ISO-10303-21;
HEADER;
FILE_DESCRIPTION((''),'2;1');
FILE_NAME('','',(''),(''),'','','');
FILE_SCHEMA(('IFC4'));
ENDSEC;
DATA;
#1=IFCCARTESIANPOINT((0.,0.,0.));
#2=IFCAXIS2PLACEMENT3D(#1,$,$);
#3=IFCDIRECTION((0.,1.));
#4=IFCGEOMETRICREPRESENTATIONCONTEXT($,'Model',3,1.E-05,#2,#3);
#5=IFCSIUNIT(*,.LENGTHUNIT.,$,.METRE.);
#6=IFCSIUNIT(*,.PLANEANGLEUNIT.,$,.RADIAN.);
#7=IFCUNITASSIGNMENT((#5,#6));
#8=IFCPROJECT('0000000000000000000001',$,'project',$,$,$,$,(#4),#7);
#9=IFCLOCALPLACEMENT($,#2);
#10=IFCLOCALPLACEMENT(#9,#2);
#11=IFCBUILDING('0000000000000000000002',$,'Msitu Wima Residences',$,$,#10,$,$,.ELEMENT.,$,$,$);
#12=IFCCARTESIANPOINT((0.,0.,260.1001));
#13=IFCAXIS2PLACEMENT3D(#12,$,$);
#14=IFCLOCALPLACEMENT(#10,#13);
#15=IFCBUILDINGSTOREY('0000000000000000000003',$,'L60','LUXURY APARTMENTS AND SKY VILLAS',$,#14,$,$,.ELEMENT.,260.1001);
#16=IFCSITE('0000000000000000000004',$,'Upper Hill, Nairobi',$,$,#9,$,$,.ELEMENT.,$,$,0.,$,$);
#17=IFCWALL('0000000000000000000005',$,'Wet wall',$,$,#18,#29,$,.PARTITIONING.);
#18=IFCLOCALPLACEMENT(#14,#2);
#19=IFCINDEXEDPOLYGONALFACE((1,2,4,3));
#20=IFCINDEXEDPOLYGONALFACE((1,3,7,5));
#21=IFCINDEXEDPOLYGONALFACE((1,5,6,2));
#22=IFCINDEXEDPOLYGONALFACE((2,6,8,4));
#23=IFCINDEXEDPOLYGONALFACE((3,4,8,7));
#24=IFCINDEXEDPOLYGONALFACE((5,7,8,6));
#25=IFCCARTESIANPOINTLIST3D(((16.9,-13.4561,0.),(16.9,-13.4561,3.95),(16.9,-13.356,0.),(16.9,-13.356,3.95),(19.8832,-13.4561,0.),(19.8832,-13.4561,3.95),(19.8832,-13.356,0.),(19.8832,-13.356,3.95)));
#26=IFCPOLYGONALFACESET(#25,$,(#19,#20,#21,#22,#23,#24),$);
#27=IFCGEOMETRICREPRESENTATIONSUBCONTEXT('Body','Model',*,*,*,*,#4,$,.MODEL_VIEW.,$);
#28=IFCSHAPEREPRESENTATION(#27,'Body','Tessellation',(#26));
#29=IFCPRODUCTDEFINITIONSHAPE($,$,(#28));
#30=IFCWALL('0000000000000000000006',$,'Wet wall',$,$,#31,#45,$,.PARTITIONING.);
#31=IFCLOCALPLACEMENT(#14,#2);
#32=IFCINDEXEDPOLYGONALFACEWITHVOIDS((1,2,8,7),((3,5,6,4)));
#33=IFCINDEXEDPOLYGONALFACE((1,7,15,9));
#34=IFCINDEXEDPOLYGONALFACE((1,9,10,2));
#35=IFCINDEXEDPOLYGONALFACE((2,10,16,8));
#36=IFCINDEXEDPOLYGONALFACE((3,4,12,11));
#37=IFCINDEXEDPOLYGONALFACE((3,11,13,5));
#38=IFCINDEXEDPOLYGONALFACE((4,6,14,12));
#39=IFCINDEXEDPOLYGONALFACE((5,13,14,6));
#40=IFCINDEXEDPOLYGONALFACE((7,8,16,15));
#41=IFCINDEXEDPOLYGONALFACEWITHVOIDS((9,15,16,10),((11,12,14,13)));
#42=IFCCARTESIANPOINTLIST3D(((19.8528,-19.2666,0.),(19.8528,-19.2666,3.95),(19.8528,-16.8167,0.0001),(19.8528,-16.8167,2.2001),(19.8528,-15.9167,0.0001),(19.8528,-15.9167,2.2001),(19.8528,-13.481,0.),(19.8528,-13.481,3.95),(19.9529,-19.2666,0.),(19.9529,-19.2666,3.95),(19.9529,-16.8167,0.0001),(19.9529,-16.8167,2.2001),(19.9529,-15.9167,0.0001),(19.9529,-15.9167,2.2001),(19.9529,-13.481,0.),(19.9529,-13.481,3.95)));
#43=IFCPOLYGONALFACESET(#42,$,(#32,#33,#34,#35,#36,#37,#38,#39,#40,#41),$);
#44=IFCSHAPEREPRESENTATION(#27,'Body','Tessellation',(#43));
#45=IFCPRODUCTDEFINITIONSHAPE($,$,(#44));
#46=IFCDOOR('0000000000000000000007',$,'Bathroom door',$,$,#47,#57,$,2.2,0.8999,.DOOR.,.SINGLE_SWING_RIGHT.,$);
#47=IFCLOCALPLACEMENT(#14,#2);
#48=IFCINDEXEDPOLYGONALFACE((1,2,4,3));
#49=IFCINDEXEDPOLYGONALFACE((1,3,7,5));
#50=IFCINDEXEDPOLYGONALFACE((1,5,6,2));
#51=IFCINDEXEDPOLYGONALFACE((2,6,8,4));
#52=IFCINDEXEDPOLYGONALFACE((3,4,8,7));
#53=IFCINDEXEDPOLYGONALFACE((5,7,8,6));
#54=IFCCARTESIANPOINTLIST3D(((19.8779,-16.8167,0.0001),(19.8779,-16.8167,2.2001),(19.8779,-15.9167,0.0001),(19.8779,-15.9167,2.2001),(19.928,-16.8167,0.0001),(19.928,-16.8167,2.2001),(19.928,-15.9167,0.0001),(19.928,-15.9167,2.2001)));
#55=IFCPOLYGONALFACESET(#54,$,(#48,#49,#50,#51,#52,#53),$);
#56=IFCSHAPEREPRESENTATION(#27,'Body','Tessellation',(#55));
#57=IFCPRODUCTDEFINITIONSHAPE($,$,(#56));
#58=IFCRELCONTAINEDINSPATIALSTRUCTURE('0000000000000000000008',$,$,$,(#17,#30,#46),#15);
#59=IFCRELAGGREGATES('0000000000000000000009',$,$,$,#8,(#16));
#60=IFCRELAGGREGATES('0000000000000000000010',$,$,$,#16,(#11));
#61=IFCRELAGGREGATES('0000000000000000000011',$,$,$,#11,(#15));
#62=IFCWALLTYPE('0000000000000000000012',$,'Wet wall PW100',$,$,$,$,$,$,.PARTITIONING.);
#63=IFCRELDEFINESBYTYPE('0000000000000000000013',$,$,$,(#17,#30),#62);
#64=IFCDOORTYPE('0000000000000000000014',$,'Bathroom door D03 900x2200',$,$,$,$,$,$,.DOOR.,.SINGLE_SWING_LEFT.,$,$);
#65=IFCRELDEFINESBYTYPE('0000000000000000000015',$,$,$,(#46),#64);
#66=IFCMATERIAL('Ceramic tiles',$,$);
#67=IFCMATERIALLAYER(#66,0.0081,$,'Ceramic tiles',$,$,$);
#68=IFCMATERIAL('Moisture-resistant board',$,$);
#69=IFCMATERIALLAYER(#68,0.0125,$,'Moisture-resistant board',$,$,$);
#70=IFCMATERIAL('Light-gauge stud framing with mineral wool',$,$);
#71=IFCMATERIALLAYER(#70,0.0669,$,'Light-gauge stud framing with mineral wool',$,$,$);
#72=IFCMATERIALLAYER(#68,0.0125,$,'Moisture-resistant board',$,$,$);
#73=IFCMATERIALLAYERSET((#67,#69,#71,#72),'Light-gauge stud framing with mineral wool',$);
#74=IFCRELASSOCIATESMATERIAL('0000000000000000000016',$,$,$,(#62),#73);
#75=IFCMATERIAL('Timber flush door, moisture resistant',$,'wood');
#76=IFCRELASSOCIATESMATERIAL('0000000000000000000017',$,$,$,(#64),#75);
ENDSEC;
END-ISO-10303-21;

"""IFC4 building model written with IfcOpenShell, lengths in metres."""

from ifc_helpers import new_model, si_unit, direction, frame, frame_2d, origin, place, context, subcontext, project, spatial, rectangle, extrude, material, layer, layer_set, type_object, element, fill, save


model = new_model("IFC4")

# Units and contexts
model_context = context("Model", 3, precision=1e-05, world=origin(), true_north=direction((0.0, 1.0)))
body_context = subcontext(model_context, "Body", "Model", "MODEL_VIEW")
ifc_project = project(units=[si_unit("LENGTHUNIT", "METRE"), si_unit("PLANEANGLEUNIT", "RADIAN")], contexts=[model_context])

# Site, building, storey
site_placement = place(None, origin())
site = spatial("IfcSite", under=ifc_project, at=site_placement, Name="Upper Hill, Nairobi", CompositionType="ELEMENT", RefElevation=0.0)
building_placement = place(site_placement, origin())
building = spatial("IfcBuilding", under=site, at=building_placement, Name="Msitu Wima Residences", CompositionType="ELEMENT")
storey_placement = place(building_placement, frame((0.0, 0.0, 260.1001)))
storey = spatial("IfcBuildingStorey", under=building, at=storey_placement, Name="L60", Description="LUXURY APARTMENTS AND SKY VILLAS", CompositionType="ELEMENT", Elevation=260.1001)

# Wall
ifc_material_1 = material(Name="Ceramic tiles")
ifc_layer_1 = layer(ifc_material_1, 0.0081, Name="Ceramic tiles")
ifc_material_2 = material(Name="Moisture-resistant board")
ifc_layer_2 = layer(ifc_material_2, 0.0125, Name="Moisture-resistant board")
ifc_material_3 = material(Name="Light-gauge stud framing with mineral wool")
ifc_layer_3 = layer(ifc_material_3, 0.0669, Name="Light-gauge stud framing with mineral wool")
ifc_layer_4 = layer(ifc_material_2, 0.0125, Name="Moisture-resistant board")
ifc_layer_set_1 = layer_set([ifc_layer_1, ifc_layer_2, ifc_layer_3, ifc_layer_4], Name="Light-gauge stud framing with mineral wool")
wall_type_1 = type_object("IfcWallType", Name="Wet wall PW100", PredefinedType="PARTITIONING", material=ifc_layer_set_1)
wall_1_placement = place(storey_placement, frame((16.8999, -13.406, 0.0), z_axis=(0.0, 0.0, 1.0), x_axis=(1.0, 0.0, 0.0)))
element("IfcWall", 1, at=wall_1_placement, inside=storey, type_object=wall_type_1, Name="Wet wall", PredefinedType="PARTITIONING", context=body_context, shape_type="SweptSolid", body=[
    extrude(rectangle(XDim=2.9832, YDim=0.1001, at=frame_2d((1.4917, 0.0))), origin(), (0.0, 0.0, 1.0), 3.95),
])

# Wall, opening, door
wall_2_placement = place(storey_placement, frame((19.9028, -19.2666, 0.0), z_axis=(0.0, 0.0, 1.0), x_axis=(0.0, 1.0, 0.0)))
wall_2 = element("IfcWall", 2, at=wall_2_placement, inside=storey, type_object=wall_type_1, Name="Wet wall", PredefinedType="PARTITIONING", context=body_context, shape_type="SweptSolid", body=[
    extrude(rectangle(XDim=5.7856, YDim=0.1001, at=frame_2d((2.8928, 0.0))), origin(), (0.0, 0.0, 1.0), 3.95),
])
opening_1_placement = place(wall_2_placement, frame((2.45, 0.0, 0.0)))
opening_1 = element("IfcOpeningElement", 3, at=opening_1_placement, cuts=wall_2, PredefinedType="OPENING", context=body_context, shape_type="SweptSolid", body=[
    extrude(rectangle(XDim=0.8999, YDim=2.2, at=frame_2d((0.45, 1.1001))), frame((0.0, 0.0601, 0.0), z_axis=(0.0, -1.0, 0.0), x_axis=(1.0, 0.0, 0.0)), (0.0, 0.0, 1.0), 0.1201),
])
ifc_material_4 = material(Name="Timber flush door, moisture resistant", Category="wood")
door_type_1 = type_object("IfcDoorType", Name="Bathroom door D03 900x2200", OperationType="SINGLE_SWING_LEFT", PredefinedType="DOOR", material=ifc_material_4)
door_1_placement = place(opening_1_placement, origin())
door_1 = element("IfcDoor", 4, at=door_1_placement, inside=storey, type_object=door_type_1, Name="Bathroom door", OperationType="SINGLE_SWING_RIGHT", OverallHeight=2.2, OverallWidth=0.8999, PredefinedType="DOOR", context=body_context, shape_type="SweptSolid", body=[
    extrude(rectangle(XDim=0.8999, YDim=2.2, at=frame_2d((0.45, 1.1001))), frame((0.0, 0.0249, 0.0), z_axis=(0.0, -1.0, 0.0), x_axis=(1.0, 0.0, 0.0)), (0.0, 0.0, 1.0), 0.05),
])
fill(opening_1, door_1)

save(model, "model.ifc")
